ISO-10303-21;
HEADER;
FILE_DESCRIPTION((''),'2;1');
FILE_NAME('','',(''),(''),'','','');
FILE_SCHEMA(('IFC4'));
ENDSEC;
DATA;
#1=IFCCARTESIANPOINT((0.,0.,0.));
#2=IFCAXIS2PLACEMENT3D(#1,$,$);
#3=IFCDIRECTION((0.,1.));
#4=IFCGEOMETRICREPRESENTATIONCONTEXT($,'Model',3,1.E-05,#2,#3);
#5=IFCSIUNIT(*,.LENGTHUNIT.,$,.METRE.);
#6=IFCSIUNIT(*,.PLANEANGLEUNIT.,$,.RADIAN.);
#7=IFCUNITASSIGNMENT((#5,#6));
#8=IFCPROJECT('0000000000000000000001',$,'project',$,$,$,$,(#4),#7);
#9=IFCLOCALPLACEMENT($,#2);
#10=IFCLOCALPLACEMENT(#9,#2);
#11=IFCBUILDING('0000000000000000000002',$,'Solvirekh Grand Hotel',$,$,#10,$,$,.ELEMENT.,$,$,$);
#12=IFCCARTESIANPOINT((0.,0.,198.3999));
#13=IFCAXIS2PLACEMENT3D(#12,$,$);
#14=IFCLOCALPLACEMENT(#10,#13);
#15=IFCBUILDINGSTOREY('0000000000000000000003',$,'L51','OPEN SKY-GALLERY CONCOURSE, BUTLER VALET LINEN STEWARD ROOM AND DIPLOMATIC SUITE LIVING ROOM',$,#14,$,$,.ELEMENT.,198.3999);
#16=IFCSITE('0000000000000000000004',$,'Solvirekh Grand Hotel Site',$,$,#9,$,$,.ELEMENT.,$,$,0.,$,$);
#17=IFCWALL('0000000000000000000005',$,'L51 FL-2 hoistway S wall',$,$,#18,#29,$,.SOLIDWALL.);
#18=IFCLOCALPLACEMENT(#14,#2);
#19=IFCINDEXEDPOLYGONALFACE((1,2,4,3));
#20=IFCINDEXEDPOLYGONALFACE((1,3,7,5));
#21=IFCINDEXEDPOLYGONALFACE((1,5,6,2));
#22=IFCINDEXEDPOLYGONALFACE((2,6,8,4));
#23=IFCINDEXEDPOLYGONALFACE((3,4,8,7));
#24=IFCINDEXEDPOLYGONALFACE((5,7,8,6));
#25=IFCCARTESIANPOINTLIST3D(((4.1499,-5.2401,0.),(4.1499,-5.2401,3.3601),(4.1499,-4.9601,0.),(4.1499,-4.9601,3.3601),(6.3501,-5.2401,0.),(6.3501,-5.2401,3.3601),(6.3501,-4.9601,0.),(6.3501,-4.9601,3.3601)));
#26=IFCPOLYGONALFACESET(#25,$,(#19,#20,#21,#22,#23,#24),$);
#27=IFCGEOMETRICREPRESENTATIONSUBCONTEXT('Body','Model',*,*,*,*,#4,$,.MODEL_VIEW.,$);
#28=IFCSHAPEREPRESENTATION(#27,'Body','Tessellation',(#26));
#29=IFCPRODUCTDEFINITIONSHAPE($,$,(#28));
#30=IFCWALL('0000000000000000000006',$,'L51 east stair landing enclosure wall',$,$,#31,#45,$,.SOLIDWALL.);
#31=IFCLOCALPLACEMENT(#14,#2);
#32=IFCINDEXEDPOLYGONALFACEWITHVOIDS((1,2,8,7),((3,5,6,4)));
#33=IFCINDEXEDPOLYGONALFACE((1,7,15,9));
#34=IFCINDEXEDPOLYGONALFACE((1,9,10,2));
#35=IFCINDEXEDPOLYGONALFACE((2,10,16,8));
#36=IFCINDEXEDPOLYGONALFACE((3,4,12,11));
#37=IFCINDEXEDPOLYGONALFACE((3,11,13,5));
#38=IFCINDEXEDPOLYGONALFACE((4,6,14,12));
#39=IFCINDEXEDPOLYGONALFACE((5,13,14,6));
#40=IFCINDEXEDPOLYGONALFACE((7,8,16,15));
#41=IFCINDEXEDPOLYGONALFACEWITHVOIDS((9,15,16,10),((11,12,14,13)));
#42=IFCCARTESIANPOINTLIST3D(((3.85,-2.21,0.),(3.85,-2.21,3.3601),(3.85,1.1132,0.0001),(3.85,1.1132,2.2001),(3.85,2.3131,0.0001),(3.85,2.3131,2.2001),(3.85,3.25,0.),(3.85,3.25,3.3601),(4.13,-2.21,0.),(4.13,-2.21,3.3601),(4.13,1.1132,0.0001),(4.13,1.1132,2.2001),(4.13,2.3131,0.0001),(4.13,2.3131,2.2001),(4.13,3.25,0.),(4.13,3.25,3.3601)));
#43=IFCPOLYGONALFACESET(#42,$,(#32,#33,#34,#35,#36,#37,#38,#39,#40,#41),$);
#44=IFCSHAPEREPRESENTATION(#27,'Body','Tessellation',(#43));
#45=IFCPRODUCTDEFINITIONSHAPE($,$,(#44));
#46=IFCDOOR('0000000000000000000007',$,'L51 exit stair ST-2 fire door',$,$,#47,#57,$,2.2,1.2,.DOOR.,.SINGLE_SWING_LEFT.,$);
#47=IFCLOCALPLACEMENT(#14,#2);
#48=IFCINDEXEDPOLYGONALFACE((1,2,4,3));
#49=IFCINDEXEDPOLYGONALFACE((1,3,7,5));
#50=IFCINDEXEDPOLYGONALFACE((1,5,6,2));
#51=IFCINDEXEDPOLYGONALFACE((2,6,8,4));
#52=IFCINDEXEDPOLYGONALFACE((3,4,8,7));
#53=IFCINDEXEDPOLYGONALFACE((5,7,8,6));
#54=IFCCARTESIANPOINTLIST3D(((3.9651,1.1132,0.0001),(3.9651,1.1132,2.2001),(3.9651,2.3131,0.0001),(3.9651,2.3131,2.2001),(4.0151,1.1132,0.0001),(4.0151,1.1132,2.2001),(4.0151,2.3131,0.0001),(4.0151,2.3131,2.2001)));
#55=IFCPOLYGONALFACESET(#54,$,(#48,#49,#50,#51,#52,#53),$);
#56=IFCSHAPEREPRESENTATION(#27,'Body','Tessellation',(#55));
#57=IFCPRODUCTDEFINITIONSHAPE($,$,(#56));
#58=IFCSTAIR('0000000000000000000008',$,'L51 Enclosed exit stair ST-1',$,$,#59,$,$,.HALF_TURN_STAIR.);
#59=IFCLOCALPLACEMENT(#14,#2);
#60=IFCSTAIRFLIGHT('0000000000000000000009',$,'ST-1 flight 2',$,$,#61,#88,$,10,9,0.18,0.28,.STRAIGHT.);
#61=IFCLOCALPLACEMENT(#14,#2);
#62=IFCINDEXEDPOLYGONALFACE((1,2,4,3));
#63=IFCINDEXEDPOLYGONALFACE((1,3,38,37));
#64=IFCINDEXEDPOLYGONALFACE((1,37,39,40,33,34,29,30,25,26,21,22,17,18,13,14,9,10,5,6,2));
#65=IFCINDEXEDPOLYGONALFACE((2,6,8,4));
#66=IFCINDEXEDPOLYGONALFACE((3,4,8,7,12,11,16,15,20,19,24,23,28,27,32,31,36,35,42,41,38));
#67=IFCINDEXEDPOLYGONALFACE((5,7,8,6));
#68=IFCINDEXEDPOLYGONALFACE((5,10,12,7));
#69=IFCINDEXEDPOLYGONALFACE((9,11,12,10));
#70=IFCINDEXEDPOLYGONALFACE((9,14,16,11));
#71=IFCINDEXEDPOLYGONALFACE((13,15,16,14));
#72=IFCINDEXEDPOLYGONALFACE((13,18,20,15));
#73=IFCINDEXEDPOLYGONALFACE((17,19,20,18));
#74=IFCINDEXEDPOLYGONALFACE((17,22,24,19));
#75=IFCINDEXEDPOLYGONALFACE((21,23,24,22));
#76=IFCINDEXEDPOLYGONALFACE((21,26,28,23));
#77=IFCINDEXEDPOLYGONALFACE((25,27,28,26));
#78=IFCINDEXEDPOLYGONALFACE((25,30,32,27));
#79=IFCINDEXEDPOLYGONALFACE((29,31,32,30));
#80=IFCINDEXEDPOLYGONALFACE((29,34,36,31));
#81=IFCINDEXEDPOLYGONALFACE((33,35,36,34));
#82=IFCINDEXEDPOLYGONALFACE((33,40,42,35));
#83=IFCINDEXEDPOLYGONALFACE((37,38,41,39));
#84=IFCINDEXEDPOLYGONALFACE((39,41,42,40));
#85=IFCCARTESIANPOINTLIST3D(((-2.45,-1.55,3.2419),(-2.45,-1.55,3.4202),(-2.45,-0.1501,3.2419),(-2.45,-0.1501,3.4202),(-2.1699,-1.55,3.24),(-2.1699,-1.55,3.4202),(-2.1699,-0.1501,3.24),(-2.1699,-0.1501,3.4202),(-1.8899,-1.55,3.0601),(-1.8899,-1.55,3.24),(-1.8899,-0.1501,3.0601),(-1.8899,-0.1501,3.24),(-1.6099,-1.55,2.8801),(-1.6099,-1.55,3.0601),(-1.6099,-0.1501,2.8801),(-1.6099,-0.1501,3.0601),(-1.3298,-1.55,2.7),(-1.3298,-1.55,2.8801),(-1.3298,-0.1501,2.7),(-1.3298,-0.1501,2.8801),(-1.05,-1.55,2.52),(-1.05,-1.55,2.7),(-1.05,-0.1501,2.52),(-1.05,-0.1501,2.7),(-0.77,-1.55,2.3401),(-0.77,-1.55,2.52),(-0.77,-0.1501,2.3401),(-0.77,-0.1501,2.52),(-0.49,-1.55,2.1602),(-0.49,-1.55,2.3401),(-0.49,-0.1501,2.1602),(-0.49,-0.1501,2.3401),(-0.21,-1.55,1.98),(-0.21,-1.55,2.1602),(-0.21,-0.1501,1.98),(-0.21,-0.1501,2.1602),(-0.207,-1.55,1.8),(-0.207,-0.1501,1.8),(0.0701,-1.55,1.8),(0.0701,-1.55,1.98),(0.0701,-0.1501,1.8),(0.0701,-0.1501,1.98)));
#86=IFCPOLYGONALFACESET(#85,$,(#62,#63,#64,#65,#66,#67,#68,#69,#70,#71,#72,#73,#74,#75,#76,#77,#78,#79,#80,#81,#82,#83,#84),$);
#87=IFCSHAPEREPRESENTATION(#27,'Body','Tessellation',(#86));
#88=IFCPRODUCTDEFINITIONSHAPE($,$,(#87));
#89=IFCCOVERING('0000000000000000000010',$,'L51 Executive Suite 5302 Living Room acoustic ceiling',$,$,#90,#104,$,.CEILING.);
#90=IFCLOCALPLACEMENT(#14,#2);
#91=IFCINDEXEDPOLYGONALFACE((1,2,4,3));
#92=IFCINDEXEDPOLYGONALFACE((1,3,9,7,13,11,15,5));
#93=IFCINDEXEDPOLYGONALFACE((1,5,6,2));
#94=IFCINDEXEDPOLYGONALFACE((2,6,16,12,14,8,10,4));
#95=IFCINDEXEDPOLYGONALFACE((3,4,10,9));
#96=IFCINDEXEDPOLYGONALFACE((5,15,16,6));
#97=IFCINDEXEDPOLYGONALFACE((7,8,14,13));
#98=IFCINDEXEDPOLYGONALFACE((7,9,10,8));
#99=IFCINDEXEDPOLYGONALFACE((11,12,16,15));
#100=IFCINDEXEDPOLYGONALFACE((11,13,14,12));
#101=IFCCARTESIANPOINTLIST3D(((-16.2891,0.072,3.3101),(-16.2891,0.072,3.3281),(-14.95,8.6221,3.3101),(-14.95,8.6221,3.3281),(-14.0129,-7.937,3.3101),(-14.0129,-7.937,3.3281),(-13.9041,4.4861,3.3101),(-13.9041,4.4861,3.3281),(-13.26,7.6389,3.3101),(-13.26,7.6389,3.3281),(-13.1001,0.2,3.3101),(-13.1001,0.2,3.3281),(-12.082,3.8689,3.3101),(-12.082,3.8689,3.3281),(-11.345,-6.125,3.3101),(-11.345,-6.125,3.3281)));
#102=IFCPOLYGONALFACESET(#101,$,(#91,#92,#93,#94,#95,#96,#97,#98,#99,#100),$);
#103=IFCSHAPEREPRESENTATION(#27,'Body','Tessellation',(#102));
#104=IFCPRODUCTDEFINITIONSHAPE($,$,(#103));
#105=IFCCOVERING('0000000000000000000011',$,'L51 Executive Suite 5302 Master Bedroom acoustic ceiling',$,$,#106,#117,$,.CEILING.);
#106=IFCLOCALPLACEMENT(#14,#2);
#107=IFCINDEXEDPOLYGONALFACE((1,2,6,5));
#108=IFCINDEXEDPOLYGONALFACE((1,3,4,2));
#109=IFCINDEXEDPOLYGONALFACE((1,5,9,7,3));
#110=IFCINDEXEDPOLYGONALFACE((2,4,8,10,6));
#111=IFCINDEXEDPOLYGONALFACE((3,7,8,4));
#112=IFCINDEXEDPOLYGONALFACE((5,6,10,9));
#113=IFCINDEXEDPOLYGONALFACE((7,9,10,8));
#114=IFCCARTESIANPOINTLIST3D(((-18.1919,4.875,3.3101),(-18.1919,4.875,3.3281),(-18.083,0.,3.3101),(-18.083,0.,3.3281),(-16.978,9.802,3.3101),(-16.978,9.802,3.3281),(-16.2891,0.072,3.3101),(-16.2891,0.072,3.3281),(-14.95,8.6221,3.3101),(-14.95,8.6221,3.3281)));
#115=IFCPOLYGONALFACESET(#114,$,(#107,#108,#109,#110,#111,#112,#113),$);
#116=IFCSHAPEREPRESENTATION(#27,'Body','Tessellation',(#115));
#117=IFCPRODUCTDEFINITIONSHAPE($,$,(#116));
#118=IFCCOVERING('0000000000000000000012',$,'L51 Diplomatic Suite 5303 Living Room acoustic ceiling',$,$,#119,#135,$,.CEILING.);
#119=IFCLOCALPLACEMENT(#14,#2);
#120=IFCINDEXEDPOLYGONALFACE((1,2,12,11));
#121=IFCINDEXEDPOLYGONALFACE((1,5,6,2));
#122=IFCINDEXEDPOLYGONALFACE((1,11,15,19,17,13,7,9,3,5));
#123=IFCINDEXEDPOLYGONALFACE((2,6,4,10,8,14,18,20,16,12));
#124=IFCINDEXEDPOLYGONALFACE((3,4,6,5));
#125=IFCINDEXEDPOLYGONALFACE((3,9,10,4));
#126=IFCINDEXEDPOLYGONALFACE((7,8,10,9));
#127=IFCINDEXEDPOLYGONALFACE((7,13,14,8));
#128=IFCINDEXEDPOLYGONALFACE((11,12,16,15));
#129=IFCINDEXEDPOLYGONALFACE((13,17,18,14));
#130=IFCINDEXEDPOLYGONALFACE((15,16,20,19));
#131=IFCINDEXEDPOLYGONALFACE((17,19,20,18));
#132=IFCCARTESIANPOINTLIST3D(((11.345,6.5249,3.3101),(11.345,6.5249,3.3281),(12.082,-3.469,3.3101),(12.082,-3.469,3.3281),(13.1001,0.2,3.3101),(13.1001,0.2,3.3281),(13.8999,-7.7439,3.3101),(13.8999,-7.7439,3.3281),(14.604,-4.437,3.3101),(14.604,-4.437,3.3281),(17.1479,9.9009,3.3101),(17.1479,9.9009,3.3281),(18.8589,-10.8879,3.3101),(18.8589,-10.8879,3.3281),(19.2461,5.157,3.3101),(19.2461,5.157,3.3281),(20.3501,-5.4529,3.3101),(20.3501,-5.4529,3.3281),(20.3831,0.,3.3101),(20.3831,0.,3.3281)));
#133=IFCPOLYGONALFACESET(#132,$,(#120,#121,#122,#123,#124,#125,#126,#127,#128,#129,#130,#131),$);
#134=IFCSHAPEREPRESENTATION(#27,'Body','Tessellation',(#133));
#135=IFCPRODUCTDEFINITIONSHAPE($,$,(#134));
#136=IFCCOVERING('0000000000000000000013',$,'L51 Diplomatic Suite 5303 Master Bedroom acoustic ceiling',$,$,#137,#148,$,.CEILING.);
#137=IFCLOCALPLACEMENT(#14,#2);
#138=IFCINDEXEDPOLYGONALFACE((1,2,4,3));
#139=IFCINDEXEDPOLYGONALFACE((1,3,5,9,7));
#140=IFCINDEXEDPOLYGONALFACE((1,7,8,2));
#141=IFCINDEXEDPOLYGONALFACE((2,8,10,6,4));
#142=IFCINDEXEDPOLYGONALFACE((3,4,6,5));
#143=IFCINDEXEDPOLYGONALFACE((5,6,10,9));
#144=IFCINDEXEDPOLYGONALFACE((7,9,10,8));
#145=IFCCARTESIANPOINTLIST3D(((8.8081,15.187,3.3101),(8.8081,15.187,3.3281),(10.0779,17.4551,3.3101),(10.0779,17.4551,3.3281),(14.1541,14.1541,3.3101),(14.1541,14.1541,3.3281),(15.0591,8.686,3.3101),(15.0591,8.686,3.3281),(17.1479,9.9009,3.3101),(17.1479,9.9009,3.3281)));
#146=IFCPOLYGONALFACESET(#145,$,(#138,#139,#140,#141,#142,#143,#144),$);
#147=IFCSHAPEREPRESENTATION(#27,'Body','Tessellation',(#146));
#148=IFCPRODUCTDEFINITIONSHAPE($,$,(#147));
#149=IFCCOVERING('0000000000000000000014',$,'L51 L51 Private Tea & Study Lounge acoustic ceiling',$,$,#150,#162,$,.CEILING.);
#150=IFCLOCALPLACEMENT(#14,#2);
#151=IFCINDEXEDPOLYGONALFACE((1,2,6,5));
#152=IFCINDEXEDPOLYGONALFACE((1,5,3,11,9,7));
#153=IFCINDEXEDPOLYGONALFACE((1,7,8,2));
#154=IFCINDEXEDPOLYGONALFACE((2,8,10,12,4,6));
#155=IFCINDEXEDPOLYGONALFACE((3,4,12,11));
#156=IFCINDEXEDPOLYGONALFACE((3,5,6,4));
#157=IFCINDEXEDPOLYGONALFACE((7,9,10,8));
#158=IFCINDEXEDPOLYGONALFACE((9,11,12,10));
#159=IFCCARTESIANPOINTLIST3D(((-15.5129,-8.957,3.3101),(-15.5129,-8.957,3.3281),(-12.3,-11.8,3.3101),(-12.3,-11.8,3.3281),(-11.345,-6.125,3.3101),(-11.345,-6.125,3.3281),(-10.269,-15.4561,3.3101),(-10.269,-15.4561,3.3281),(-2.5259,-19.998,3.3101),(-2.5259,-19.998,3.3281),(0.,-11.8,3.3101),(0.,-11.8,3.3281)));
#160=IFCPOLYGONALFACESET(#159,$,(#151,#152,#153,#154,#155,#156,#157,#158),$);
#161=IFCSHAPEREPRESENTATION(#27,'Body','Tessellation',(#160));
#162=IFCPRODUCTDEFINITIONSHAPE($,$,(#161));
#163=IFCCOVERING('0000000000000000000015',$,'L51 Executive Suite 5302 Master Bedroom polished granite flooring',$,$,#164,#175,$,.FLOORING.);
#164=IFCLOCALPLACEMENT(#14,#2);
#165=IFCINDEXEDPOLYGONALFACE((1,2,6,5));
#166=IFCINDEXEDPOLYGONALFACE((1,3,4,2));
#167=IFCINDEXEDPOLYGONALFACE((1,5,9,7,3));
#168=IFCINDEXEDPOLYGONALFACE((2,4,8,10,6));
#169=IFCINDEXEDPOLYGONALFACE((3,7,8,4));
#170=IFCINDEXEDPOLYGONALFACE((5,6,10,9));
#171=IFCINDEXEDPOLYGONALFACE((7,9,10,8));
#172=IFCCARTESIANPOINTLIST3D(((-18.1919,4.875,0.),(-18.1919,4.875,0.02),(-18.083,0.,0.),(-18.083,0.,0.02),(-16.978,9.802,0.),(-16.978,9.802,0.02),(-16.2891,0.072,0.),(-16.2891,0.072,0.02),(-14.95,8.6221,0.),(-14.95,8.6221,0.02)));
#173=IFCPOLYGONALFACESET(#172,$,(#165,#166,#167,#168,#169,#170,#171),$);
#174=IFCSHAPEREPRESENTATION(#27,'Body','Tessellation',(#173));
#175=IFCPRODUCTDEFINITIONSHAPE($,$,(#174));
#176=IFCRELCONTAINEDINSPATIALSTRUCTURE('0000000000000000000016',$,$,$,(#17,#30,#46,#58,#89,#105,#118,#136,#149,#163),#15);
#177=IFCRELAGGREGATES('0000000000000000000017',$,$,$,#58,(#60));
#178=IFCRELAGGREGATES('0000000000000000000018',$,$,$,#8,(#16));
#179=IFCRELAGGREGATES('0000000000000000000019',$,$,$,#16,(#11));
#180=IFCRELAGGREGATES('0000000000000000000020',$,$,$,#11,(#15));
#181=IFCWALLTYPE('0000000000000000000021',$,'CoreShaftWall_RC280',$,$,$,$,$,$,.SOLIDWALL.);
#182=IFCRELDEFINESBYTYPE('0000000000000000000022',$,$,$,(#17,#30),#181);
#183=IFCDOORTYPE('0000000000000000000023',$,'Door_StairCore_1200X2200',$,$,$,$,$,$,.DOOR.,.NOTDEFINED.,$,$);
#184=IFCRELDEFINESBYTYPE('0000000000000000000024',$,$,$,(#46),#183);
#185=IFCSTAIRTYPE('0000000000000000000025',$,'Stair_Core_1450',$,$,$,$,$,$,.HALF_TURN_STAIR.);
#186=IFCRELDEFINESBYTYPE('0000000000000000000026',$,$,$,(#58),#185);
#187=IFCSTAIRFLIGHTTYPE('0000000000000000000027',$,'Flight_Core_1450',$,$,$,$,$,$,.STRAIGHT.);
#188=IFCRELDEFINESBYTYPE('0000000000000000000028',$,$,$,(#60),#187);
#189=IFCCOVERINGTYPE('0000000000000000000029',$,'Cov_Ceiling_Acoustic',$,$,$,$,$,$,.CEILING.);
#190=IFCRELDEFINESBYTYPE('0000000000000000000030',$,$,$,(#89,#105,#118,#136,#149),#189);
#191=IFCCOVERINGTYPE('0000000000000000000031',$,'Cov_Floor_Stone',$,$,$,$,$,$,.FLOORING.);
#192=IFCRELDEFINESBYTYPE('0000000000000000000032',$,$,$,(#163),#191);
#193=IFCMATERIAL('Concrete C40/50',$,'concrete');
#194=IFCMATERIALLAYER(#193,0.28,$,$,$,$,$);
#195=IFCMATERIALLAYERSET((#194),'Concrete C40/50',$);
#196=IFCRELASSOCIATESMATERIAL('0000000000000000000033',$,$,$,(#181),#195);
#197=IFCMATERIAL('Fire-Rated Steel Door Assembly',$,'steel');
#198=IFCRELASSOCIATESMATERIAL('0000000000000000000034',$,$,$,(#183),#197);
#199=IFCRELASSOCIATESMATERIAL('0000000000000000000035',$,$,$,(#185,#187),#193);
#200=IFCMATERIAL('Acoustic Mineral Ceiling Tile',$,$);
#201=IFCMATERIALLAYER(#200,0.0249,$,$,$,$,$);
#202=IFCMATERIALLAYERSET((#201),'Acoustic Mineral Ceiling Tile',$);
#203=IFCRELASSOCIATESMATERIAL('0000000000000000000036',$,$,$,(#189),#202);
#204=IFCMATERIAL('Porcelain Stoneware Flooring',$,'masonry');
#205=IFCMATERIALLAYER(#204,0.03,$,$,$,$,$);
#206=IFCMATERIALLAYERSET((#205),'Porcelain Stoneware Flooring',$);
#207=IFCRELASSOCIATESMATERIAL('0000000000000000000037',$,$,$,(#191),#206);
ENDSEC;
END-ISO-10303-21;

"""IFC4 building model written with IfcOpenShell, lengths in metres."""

from ifc_helpers import new_model, si_unit, direction, frame, frame_2d, origin, place, context, subcontext, project, spatial, polyline, rectangle, outline, extrude, material, layer, layer_set, type_object, element, fill, aggregate, save


model = new_model("IFC4")

# Units and contexts
model_context = context("Model", 3, precision=1e-05, world=origin(), true_north=direction((0.0, 1.0)))
body_context = subcontext(model_context, "Body", "Model", "MODEL_VIEW")
ifc_project = project(units=[si_unit("LENGTHUNIT", "METRE"), si_unit("PLANEANGLEUNIT", "RADIAN")], contexts=[model_context])

# Site, building, storey
site_placement = place(None, origin())
site = spatial("IfcSite", under=ifc_project, at=site_placement, Name="Solvirekh Grand Hotel Site", CompositionType="ELEMENT", RefElevation=0.0)
building_placement = place(site_placement, origin())
building = spatial("IfcBuilding", under=site, at=building_placement, Name="Solvirekh Grand Hotel", CompositionType="ELEMENT")
storey_placement = place(building_placement, frame((0.0, 0.0, 198.3999)))
storey = spatial("IfcBuildingStorey", under=building, at=storey_placement, Name="L51", Description="OPEN SKY-GALLERY CONCOURSE, BUTLER VALET LINEN STEWARD ROOM AND DIPLOMATIC SUITE LIVING ROOM", CompositionType="ELEMENT", Elevation=198.3999)

# Wall
ifc_material_1 = material(Name="Concrete C40/50", Category="concrete")
ifc_layer_1 = layer(ifc_material_1, 0.28)
ifc_layer_set_1 = layer_set([ifc_layer_1], Name="Concrete C40/50")
wall_type = type_object("IfcWallType", Name="CoreShaftWall_RC280", PredefinedType="SOLIDWALL", material=ifc_layer_set_1)
wall_1_placement = place(storey_placement, frame((4.1499, -5.1001, 0.0), z_axis=(0.0, 0.0, 1.0), x_axis=(1.0, 0.0, 0.0)))
element("IfcWall", 1, at=wall_1_placement, inside=storey, type_object=wall_type, Name="L51 FL-2 hoistway S wall", PredefinedType="SOLIDWALL", context=body_context, shape_type="SweptSolid", body=[
    extrude(rectangle(XDim=2.2002, YDim=0.28, at=frame_2d((1.1001, 0.0))), origin(), (0.0, 0.0, 1.0), 3.3601),
])

# Wall, opening, door
wall_2_placement = place(storey_placement, frame((3.99, -2.21, 0.0), z_axis=(0.0, 0.0, 1.0), x_axis=(0.0, 1.0, 0.0)))
wall_2 = element("IfcWall", 2, at=wall_2_placement, inside=storey, type_object=wall_type, Name="L51 east stair landing enclosure wall", PredefinedType="SOLIDWALL", context=body_context, shape_type="SweptSolid", body=[
    extrude(rectangle(XDim=5.46, YDim=0.28, at=frame_2d((2.73, 0.0))), origin(), (0.0, 0.0, 1.0), 3.3601),
])
opening_placement = place(wall_2_placement, frame((3.323, 0.0, 0.0)))
opening = element("IfcOpeningElement", 3, at=opening_placement, cuts=wall_2, PredefinedType="OPENING", context=body_context, shape_type="SweptSolid", body=[
    extrude(rectangle(XDim=1.2, YDim=2.2, at=frame_2d((0.6001, 1.1001))), frame((0.0, 0.1499, 0.0), z_axis=(0.0, -1.0, 0.0), x_axis=(1.0, 0.0, 0.0)), (0.0, 0.0, 1.0), 0.3),
])
ifc_material_2 = material(Name="Fire-Rated Steel Door Assembly", Category="steel")
door_type = type_object("IfcDoorType", Name="Door_StairCore_1200X2200", OperationType="NOTDEFINED", PredefinedType="DOOR", material=ifc_material_2)
door_placement = place(opening_placement, origin())
door = element("IfcDoor", 4, at=door_placement, inside=storey, type_object=door_type, Name="L51 exit stair ST-2 fire door", OperationType="SINGLE_SWING_LEFT", OverallHeight=2.2, OverallWidth=1.2, PredefinedType="DOOR", context=body_context, shape_type="SweptSolid", body=[
    extrude(rectangle(XDim=1.2, YDim=2.2, at=frame_2d((0.6001, 1.1001))), frame((0.0, 0.0249, 0.0), z_axis=(0.0, -1.0, 0.0), x_axis=(1.0, 0.0, 0.0)), (0.0, 0.0, 1.0), 0.05),
])
fill(opening, door)

# Stair, stair flight
stair_type = type_object("IfcStairType", Name="Stair_Core_1450", PredefinedType="HALF_TURN_STAIR", material=ifc_material_1)
stair_placement = place(storey_placement, origin())
stair = element("IfcStair", 5, at=stair_placement, inside=storey, type_object=stair_type, Name="L51 Enclosed exit stair ST-1", PredefinedType="HALF_TURN_STAIR")
stair_flight_type = type_object("IfcStairFlightType", Name="Flight_Core_1450", PredefinedType="STRAIGHT", material=ifc_material_1)
stair_flight_placement = place(storey_placement, frame((0.0701, -0.8501, 1.8), z_axis=(0.0, 0.0, 1.0), x_axis=(-1.0, 0.0, 0.0)))
stair_flight = element("IfcStairFlight", 6, at=stair_flight_placement, type_object=stair_flight_type, Name="ST-1 flight 2", NumberOfRisers=10, NumberOfTreads=9, PredefinedType="STRAIGHT", RiserHeight=0.18, TreadLength=0.28, context=body_context, shape_type="SweptSolid", body=[
    extrude(outline(polyline([(0.0, 0.0), (0.0, 0.1799), (0.28, 0.1799), (0.28, 0.3601), (0.5601, 0.3601), (0.5601, 0.54), (0.8401, 0.54), (0.8401, 0.72), (1.1201, 0.72), (1.1201, 0.8999), (1.3999, 0.8999), (1.3999, 1.0801), (1.6799, 1.0801), (1.6799, 1.26), (1.96, 1.26), (1.96, 1.4399), (2.24, 1.4399), (2.24, 1.6201), (2.52, 1.6201), (2.52, 1.8), (2.52, 1.4419), (0.2771, 0.0), (0.0, 0.0)])), frame((0.0, 0.7, 0.0), z_axis=(0.0, -1.0, 0.0), x_axis=(1.0, 0.0, 0.0)), (0.0, 0.0, 1.0), 1.3999),
])
aggregate(stair, [stair_flight])

# Coverings
ifc_material_3 = material(Name="Acoustic Mineral Ceiling Tile")
ifc_layer_2 = layer(ifc_material_3, 0.0249)
ifc_layer_set_2 = layer_set([ifc_layer_2], Name="Acoustic Mineral Ceiling Tile")
covering_type_1 = type_object("IfcCoveringType", Name="Cov_Ceiling_Acoustic", PredefinedType="CEILING", material=ifc_layer_set_2)
covering_1_placement = place(storey_placement, frame((0.0, 0.0, 3.3101)))
element("IfcCovering", 7, at=covering_1_placement, inside=storey, type_object=covering_type_1, Name="L51 Executive Suite 5302 Living Room acoustic ceiling", PredefinedType="CEILING", context=body_context, shape_type="SweptSolid", body=[
    extrude(outline(polyline([(-13.9041, 4.4861), (-13.26, 7.6389), (-14.95, 8.6221), (-16.2891, 0.072), (-14.0129, -7.937), (-11.345, -6.125), (-13.1001, 0.2), (-12.082, 3.8689), (-13.9041, 4.4861)])), origin(), (0.0, 0.0, 1.0), 0.0181),
])
covering_2_placement = place(storey_placement, frame((0.0, 0.0, 3.3101)))
element("IfcCovering", 8, at=covering_2_placement, inside=storey, type_object=covering_type_1, Name="L51 Executive Suite 5302 Master Bedroom acoustic ceiling", PredefinedType="CEILING", context=body_context, shape_type="SweptSolid", body=[
    extrude(outline(polyline([(-16.978, 9.802), (-18.1919, 4.875), (-18.083, 0.0), (-16.2891, 0.072), (-14.95, 8.6221), (-16.978, 9.802)])), origin(), (0.0, 0.0, 1.0), 0.0181),
])
covering_3_placement = place(storey_placement, frame((0.0, 0.0, 3.3101)))
element("IfcCovering", 9, at=covering_3_placement, inside=storey, type_object=covering_type_1, Name="L51 Diplomatic Suite 5303 Living Room acoustic ceiling", PredefinedType="CEILING", context=body_context, shape_type="SweptSolid", body=[
    extrude(outline(polyline([(14.604, -4.437), (13.8999, -7.7439), (18.8589, -10.8879), (20.3501, -5.4529), (20.3831, 0.0), (19.2461, 5.157), (17.1479, 9.9009), (11.345, 6.5249), (13.1001, 0.2), (12.082, -3.469), (14.604, -4.437)])), origin(), (0.0, 0.0, 1.0), 0.0181),
])
covering_4_placement = place(storey_placement, frame((0.0, 0.0, 3.3101)))
element("IfcCovering", 10, at=covering_4_placement, inside=storey, type_object=covering_type_1, Name="L51 Diplomatic Suite 5303 Master Bedroom acoustic ceiling", PredefinedType="CEILING", context=body_context, shape_type="SweptSolid", body=[
    extrude(outline(polyline([(17.1479, 9.9009), (14.1541, 14.1541), (10.0779, 17.4551), (8.8081, 15.187), (15.0591, 8.686), (17.1479, 9.9009)])), origin(), (0.0, 0.0, 1.0), 0.0181),
])
covering_5_placement = place(storey_placement, frame((0.0, 0.0, 3.3101)))
element("IfcCovering", 11, at=covering_5_placement, inside=storey, type_object=covering_type_1, Name="L51 L51 Private Tea & Study Lounge acoustic ceiling", PredefinedType="CEILING", context=body_context, shape_type="SweptSolid", body=[
    extrude(outline(polyline([(-15.5129, -8.957), (-10.269, -15.4561), (-2.5259, -19.998), (0.0, -11.8), (-12.3, -11.8), (-11.345, -6.125), (-15.5129, -8.957)])), origin(), (0.0, 0.0, 1.0), 0.0181),
])
ifc_material_4 = material(Name="Porcelain Stoneware Flooring", Category="masonry")
ifc_layer_3 = layer(ifc_material_4, 0.03)
ifc_layer_set_3 = layer_set([ifc_layer_3], Name="Porcelain Stoneware Flooring")
covering_type_2 = type_object("IfcCoveringType", Name="Cov_Floor_Stone", PredefinedType="FLOORING", material=ifc_layer_set_3)
covering_6_placement = place(storey_placement, origin())
element("IfcCovering", 12, at=covering_6_placement, inside=storey, type_object=covering_type_2, Name="L51 Executive Suite 5302 Master Bedroom polished granite flooring", PredefinedType="FLOORING", context=body_context, shape_type="SweptSolid", body=[
    extrude(outline(polyline([(-16.978, 9.802), (-18.1919, 4.875), (-18.083, 0.0), (-16.2891, 0.072), (-14.95, 8.6221), (-16.978, 9.802)])), origin(), (0.0, 0.0, 1.0), 0.02),
])

save(model, "model.ifc")
